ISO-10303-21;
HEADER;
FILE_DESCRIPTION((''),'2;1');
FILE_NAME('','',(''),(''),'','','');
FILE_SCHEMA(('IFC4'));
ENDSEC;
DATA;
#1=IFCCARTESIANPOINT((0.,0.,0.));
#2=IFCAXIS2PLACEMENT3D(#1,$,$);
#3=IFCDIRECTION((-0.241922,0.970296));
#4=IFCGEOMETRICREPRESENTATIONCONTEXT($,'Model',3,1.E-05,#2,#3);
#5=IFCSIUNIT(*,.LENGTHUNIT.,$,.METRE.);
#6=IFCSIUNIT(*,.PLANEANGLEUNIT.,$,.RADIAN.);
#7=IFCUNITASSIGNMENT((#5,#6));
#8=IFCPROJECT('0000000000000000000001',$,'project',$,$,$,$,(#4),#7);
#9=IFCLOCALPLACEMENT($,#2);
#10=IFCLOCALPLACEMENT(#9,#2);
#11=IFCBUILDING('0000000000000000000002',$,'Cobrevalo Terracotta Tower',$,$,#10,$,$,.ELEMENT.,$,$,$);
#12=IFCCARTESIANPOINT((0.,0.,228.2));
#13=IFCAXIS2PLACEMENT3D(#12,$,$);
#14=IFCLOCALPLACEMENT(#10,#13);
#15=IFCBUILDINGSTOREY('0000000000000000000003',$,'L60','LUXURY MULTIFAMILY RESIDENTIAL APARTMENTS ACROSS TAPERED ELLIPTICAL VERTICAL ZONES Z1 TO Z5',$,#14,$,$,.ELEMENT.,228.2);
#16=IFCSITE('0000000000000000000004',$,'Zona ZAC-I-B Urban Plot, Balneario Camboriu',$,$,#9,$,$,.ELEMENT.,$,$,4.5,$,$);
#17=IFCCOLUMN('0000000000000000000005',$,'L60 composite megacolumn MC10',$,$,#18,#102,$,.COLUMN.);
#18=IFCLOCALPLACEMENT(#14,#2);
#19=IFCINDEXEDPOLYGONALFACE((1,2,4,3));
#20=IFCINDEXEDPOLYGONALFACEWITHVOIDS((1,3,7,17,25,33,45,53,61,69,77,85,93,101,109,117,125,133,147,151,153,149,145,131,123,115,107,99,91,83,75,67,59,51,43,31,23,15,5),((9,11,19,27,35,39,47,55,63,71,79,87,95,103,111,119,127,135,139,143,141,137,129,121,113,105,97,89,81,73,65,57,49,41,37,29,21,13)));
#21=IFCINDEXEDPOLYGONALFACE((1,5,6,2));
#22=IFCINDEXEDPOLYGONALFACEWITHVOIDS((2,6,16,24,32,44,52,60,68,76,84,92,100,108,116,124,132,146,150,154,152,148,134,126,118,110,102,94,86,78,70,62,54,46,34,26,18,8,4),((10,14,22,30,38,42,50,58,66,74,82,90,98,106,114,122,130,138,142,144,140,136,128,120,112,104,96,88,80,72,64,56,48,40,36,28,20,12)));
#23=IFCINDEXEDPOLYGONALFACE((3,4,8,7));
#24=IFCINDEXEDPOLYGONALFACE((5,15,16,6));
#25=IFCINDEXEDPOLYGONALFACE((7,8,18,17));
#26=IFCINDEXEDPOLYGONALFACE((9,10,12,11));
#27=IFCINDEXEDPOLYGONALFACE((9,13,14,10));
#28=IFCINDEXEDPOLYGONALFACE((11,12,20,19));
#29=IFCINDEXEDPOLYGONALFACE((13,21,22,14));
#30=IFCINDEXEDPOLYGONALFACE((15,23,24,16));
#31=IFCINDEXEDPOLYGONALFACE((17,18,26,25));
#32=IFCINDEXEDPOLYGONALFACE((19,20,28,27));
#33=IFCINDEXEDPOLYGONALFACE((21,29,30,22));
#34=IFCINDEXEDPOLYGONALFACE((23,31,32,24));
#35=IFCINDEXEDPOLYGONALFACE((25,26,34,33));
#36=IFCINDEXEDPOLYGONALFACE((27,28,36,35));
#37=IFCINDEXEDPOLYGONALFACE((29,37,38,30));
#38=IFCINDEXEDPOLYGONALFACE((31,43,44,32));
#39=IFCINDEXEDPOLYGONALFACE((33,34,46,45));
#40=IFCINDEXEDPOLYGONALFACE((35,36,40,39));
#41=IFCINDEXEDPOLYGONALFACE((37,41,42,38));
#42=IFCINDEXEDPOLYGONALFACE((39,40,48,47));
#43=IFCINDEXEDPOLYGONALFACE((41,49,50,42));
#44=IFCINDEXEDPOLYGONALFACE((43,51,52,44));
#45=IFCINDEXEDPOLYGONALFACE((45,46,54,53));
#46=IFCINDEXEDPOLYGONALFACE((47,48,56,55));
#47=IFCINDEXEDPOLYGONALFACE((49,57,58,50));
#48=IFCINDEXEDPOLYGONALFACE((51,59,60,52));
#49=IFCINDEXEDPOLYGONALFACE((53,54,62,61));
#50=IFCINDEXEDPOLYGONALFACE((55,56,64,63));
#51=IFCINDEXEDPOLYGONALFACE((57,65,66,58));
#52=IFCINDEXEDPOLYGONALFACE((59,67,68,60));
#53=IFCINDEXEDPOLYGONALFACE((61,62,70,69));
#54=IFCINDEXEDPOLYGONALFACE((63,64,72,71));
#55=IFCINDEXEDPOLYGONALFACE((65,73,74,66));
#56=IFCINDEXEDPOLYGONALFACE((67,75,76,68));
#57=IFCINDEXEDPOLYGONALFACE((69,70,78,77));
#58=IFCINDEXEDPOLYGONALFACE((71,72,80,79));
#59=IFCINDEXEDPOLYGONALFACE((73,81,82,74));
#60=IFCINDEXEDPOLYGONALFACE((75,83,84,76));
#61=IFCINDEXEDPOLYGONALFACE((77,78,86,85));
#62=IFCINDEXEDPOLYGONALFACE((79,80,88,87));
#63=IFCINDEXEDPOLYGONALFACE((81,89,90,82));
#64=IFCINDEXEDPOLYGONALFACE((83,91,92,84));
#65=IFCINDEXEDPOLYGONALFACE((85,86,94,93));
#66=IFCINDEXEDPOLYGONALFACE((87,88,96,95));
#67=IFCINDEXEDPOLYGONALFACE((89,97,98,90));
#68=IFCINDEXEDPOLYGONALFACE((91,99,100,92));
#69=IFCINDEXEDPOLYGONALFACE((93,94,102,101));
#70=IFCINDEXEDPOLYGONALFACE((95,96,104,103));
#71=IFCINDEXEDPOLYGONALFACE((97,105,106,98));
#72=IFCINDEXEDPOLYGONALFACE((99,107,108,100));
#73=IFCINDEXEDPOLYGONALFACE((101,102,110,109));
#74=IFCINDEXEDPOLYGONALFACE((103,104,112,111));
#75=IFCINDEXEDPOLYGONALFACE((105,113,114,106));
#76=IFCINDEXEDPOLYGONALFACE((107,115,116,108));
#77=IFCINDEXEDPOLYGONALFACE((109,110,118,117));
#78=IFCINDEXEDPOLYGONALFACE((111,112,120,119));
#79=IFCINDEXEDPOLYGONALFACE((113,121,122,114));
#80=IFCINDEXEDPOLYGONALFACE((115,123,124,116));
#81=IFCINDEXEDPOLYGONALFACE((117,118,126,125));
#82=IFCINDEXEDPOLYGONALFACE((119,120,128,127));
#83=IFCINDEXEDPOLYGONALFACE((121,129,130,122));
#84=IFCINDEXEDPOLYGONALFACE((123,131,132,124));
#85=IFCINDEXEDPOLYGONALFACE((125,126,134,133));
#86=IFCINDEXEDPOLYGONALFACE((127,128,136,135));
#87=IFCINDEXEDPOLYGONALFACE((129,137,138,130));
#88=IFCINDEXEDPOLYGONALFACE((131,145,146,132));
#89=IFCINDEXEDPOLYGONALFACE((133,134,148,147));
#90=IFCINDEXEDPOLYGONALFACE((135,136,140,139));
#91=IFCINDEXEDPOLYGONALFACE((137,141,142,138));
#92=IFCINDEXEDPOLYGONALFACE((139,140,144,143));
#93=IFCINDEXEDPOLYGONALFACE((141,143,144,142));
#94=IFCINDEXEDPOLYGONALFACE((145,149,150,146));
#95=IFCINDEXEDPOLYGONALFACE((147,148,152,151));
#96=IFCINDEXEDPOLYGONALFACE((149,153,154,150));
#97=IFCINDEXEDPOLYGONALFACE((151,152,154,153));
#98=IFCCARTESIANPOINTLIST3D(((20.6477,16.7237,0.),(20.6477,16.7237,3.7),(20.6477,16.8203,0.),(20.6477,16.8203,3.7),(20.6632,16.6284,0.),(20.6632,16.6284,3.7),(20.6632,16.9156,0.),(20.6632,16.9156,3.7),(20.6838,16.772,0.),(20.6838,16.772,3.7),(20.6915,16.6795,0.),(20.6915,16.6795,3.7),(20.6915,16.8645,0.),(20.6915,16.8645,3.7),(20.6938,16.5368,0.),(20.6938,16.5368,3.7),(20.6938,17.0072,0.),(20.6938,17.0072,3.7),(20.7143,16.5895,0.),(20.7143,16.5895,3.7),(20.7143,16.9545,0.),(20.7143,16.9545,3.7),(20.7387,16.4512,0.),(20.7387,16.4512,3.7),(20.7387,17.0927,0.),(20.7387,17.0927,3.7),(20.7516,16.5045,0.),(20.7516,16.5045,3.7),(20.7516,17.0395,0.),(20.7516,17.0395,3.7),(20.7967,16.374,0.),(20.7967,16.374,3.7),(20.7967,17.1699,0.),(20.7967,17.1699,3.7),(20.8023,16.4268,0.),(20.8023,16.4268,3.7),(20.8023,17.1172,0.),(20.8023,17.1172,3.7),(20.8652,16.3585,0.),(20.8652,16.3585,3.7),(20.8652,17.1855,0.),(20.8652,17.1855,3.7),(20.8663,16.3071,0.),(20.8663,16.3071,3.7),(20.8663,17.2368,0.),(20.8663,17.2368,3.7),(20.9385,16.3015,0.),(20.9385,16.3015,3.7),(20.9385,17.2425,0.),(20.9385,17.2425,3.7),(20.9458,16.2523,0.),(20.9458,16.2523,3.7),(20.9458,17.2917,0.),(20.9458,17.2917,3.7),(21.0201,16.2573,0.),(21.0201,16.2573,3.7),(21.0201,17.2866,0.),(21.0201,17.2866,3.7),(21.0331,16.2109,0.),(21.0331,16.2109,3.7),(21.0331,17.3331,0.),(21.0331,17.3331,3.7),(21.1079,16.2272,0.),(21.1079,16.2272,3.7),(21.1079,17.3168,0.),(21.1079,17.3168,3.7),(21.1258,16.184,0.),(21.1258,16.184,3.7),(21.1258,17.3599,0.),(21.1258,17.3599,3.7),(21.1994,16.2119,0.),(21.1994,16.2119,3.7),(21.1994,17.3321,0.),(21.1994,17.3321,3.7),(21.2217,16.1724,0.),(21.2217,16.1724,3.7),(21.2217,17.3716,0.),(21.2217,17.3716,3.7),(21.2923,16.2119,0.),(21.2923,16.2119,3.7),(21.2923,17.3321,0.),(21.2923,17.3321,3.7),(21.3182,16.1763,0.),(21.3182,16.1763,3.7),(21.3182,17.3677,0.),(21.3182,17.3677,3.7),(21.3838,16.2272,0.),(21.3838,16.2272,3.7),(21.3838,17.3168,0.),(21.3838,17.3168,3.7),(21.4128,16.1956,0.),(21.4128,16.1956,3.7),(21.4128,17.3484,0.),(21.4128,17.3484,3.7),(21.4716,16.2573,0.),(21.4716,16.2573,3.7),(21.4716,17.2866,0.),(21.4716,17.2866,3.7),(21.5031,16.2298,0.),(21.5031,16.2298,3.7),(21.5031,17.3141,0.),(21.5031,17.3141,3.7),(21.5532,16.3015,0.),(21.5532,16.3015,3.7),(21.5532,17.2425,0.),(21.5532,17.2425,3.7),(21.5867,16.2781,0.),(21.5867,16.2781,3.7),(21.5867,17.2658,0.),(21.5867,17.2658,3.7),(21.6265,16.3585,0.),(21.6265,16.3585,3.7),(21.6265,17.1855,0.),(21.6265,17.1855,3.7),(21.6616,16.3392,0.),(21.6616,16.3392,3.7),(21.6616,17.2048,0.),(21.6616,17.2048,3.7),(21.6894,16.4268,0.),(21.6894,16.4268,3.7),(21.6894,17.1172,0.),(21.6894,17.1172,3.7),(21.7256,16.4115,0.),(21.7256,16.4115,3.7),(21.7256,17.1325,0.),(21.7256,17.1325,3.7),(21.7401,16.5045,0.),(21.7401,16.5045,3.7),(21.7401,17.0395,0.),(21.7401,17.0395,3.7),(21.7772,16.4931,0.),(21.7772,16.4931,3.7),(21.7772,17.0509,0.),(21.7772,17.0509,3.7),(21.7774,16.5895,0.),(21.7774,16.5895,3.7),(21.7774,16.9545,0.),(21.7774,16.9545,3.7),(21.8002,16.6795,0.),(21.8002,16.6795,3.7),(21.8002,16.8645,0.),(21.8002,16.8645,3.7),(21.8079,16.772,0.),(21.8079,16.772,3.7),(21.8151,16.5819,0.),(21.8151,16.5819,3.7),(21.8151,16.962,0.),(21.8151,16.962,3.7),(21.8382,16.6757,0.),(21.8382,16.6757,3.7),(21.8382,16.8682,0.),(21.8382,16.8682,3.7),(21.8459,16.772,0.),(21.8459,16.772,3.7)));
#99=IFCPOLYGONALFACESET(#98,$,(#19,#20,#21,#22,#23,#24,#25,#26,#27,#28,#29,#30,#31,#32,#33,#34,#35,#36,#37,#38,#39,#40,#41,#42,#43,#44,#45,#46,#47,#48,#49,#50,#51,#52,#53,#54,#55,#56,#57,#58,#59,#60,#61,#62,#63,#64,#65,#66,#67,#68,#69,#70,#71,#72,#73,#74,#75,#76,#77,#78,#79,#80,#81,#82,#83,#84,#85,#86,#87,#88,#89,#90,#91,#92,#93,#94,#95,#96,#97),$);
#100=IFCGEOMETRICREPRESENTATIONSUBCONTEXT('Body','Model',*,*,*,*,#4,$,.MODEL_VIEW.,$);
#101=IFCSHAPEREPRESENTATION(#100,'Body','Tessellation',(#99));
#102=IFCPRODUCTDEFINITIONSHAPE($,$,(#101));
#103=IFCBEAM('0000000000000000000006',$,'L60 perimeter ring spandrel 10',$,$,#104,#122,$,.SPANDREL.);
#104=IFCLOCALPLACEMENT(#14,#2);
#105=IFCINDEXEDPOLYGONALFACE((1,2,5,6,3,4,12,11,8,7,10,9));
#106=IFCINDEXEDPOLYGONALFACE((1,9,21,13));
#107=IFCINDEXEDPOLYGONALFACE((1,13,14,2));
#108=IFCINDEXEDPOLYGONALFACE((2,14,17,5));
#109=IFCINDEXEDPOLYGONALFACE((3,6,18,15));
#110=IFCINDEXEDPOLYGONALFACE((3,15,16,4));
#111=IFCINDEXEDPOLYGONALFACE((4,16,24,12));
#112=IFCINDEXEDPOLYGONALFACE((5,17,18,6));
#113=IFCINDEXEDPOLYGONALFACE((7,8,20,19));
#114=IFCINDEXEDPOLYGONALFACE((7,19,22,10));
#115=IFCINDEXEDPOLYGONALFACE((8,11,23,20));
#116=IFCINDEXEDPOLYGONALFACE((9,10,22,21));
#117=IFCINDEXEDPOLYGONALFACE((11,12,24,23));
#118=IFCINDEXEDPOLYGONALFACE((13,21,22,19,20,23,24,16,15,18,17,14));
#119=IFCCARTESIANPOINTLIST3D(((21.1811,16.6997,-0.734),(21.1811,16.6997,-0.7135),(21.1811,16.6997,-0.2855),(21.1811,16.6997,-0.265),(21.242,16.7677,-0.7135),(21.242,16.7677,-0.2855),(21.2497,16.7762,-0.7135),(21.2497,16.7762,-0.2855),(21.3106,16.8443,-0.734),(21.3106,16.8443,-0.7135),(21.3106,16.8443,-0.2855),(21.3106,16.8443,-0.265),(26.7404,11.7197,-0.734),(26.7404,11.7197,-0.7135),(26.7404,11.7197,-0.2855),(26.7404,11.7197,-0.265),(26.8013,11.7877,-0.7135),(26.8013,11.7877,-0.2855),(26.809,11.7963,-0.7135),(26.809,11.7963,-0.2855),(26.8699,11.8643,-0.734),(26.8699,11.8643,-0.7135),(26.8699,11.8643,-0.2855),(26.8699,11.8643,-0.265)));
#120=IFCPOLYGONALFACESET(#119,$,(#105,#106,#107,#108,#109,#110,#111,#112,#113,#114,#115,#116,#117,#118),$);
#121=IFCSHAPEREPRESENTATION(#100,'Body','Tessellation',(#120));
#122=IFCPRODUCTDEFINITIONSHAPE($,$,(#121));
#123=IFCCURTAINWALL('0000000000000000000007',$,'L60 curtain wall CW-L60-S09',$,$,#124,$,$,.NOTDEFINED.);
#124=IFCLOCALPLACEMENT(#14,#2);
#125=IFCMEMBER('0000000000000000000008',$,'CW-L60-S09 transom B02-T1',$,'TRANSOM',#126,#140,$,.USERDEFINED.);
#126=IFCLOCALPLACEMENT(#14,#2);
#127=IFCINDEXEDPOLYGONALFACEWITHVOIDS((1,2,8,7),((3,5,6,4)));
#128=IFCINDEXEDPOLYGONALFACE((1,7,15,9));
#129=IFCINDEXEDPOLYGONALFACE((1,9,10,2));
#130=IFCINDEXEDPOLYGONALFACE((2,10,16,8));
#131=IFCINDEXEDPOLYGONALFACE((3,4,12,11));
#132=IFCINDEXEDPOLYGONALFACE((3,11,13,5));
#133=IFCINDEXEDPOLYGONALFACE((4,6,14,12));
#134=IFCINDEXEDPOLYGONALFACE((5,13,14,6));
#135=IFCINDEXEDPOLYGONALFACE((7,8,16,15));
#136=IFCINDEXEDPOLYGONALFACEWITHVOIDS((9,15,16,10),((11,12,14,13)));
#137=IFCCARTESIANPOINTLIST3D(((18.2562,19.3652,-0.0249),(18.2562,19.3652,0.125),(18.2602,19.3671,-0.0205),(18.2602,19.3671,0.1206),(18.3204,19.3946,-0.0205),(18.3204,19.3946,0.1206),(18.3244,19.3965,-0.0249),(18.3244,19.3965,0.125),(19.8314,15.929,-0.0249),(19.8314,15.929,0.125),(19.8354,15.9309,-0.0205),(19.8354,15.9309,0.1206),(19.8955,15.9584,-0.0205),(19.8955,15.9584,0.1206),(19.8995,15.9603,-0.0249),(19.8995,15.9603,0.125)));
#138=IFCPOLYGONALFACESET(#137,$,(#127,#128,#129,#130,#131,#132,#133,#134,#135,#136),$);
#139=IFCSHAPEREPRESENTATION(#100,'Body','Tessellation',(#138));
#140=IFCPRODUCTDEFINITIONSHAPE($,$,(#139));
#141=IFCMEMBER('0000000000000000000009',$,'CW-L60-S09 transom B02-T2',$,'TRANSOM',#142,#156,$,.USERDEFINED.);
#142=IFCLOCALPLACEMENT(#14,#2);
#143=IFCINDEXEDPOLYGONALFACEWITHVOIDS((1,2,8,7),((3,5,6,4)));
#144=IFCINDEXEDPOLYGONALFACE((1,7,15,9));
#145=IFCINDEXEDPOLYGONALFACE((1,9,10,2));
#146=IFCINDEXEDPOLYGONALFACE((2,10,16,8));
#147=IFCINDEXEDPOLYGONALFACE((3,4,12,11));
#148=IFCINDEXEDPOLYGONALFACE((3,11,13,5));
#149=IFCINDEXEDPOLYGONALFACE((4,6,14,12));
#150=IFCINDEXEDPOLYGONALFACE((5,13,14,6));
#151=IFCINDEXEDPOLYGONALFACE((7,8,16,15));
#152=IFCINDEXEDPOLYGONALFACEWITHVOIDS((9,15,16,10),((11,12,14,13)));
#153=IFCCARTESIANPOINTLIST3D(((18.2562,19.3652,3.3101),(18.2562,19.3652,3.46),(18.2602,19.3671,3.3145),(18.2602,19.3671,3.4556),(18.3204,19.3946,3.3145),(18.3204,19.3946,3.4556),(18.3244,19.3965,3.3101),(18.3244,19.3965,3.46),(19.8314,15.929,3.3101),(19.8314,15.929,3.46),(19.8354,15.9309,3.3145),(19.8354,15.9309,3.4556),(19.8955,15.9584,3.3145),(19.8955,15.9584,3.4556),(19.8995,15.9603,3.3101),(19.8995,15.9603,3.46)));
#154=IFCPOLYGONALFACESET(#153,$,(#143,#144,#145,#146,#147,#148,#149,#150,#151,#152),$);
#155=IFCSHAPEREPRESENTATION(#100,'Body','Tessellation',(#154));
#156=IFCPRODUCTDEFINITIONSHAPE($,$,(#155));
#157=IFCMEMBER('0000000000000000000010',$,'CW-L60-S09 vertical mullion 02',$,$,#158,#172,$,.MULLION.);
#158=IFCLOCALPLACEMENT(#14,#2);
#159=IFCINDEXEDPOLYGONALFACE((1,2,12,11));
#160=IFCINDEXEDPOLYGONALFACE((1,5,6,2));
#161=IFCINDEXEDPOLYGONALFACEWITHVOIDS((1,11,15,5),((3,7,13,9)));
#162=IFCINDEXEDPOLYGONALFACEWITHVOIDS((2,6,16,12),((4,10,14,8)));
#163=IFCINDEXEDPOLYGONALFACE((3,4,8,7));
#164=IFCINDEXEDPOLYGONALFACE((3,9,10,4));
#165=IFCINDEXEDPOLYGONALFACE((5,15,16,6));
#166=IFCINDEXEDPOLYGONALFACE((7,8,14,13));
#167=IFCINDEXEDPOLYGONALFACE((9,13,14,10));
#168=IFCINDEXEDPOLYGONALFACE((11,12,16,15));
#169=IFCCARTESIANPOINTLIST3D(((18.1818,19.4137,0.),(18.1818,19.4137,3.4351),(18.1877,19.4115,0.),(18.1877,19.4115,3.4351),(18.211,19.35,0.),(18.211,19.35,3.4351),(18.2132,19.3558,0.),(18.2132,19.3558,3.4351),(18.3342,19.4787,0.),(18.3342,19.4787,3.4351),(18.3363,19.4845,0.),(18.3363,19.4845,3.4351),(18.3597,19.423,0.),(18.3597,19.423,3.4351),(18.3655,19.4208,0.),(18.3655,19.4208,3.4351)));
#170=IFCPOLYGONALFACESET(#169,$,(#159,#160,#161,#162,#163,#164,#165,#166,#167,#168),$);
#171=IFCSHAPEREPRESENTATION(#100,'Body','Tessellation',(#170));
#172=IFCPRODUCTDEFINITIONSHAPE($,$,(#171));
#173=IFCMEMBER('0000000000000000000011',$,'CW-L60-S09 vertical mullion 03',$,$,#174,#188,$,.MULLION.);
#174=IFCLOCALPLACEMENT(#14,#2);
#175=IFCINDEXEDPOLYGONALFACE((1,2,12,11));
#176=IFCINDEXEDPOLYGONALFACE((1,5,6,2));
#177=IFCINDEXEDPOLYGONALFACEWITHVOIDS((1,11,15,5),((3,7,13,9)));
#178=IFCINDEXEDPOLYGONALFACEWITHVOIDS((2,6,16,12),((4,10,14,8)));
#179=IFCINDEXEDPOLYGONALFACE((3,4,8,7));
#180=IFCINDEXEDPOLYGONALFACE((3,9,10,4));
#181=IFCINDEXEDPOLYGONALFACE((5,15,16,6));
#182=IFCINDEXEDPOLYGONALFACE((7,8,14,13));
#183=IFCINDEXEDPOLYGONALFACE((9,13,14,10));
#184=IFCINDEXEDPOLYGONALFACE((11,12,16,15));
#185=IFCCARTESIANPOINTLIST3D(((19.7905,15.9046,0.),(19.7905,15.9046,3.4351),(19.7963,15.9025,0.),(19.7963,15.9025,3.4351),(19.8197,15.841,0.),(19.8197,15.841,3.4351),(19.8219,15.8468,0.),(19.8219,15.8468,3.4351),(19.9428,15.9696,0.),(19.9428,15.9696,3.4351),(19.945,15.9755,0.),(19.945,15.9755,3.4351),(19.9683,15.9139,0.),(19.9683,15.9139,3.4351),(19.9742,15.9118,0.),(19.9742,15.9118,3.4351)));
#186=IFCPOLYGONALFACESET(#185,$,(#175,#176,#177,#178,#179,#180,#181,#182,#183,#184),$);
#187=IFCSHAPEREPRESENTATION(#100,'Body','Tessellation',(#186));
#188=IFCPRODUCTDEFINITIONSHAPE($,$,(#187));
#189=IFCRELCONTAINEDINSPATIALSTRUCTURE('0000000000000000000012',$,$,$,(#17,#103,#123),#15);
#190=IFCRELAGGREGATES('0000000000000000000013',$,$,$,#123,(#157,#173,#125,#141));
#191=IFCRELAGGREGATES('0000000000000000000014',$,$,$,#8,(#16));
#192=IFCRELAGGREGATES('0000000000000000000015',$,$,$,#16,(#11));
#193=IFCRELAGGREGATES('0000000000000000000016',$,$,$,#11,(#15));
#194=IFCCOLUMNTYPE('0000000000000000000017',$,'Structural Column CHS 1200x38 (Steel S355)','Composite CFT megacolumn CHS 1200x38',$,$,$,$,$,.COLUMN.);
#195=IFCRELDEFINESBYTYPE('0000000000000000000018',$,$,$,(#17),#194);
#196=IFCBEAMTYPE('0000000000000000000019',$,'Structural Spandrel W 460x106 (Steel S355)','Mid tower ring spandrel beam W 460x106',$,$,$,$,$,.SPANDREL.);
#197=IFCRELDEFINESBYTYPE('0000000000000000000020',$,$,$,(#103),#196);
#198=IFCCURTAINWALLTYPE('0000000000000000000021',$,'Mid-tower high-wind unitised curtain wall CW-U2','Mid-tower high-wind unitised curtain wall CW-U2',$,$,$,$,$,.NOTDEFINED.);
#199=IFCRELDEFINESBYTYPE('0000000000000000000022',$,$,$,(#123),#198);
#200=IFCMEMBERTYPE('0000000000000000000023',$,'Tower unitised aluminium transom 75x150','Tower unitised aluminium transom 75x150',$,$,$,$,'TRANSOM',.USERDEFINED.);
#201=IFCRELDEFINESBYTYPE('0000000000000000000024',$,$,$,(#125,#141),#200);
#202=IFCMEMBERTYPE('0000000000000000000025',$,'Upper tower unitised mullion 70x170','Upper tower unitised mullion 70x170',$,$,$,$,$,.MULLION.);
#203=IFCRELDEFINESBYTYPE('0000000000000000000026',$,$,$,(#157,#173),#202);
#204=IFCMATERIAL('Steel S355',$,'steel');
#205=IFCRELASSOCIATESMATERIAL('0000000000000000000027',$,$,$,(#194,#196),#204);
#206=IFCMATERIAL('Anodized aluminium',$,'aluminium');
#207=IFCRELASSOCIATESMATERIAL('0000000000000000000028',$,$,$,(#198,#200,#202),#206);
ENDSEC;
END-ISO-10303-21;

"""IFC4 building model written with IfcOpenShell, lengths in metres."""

from ifc_helpers import new_model, si_unit, direction, frame, origin, origin_2d, place, context, subcontext, project, spatial, hollow_rectangle, hollow_circle, i_section, extrude, source, transform, mapped, material, material_profile, profile_set, type_object, element, aggregate, save


model = new_model("IFC4")

# Units and contexts
model_context = context("Model", 3, precision=1e-05, world=origin(), true_north=direction((-0.241922, 0.970296)))
body_context = subcontext(model_context, "Body", "Model", "MODEL_VIEW")
ifc_project = project(units=[si_unit("LENGTHUNIT", "METRE"), si_unit("PLANEANGLEUNIT", "RADIAN")], contexts=[model_context])

# Site, building, storey
site_placement = place(None, origin())
site = spatial("IfcSite", under=ifc_project, at=site_placement, Name="Zona ZAC-I-B Urban Plot, Balneario Camboriu", CompositionType="ELEMENT", RefElevation=4.5)
building_placement = place(site_placement, origin())
building = spatial("IfcBuilding", under=site, at=building_placement, Name="Cobrevalo Terracotta Tower", CompositionType="ELEMENT")
storey_placement = place(building_placement, frame((0.0, 0.0, 228.2)))
storey = spatial("IfcBuildingStorey", under=building, at=storey_placement, Name="L60", Description="LUXURY MULTIFAMILY RESIDENTIAL APARTMENTS ACROSS TAPERED ELLIPTICAL VERTICAL ZONES Z1 TO Z5", CompositionType="ELEMENT", Elevation=228.2)

# Column
ifc_material_1 = material(Name="Steel S355", Category="steel")
ifc_material_profile_1 = material_profile(ifc_material_1, hollow_circle(Radius=0.6001, WallThickness=0.0381, at=origin_2d()), Name="CHS 1200x38")
ifc_profile_set_1 = profile_set([ifc_material_profile_1], Name="Steel S355")
column_type = type_object("IfcColumnType", Name="Structural Column CHS 1200x38 (Steel S355)", Description="Composite CFT megacolumn CHS 1200x38", PredefinedType="COLUMN", material=ifc_profile_set_1)
column_placement = place(storey_placement, frame((21.2458, 16.772, 0.0), z_axis=(0.0, 0.0, 1.0), x_axis=(1.0, 0.0, 0.0)))
element("IfcColumn", 1, at=column_placement, inside=storey, type_object=column_type, Name="L60 composite megacolumn MC10", PredefinedType="COLUMN", context=body_context, shape_type="SweptSolid", body=[
    extrude(hollow_circle(Radius=0.6001, WallThickness=0.0381, at=origin_2d()), origin(), (0.0, 0.0, 1.0), 3.7),
])

# Beam
ifc_material_profile_2 = material_profile(ifc_material_1, i_section(OverallWidth=0.1941, OverallDepth=0.469, WebThickness=0.0115, FlangeThickness=0.0205, at=origin_2d()), Name="W 460x106")
ifc_profile_set_2 = profile_set([ifc_material_profile_2], Name="Steel S355")
beam_type = type_object("IfcBeamType", Name="Structural Spandrel W 460x106 (Steel S355)", Description="Mid tower ring spandrel beam W 460x106", PredefinedType="SPANDREL", material=ifc_profile_set_2)
beam_placement = place(storey_placement, frame((21.2458, 16.772, -0.4995), z_axis=(0.744852, -0.66723, 0.0), x_axis=(0.66723, 0.744852, 0.0)))
element("IfcBeam", 2, at=beam_placement, inside=storey, type_object=beam_type, Name="L60 perimeter ring spandrel 10", PredefinedType="SPANDREL", context=body_context, shape_type="SweptSolid", body=[
    extrude(i_section(OverallWidth=0.1941, OverallDepth=0.469, WebThickness=0.0115, FlangeThickness=0.0205, at=origin_2d()), origin(), (0.0, 0.0, 1.0), 7.4636),
])

# Curtain wall, members
ifc_material_2 = material(Name="Anodized aluminium", Category="aluminium")
curtain_wall_type = type_object("IfcCurtainWallType", Name="Mid-tower high-wind unitised curtain wall CW-U2", Description="Mid-tower high-wind unitised curtain wall CW-U2", PredefinedType="NOTDEFINED", material=ifc_material_2)
curtain_wall_placement = place(storey_placement, origin())
curtain_wall = element("IfcCurtainWall", 3, at=curtain_wall_placement, inside=storey, type_object=curtain_wall_type, Name="L60 curtain wall CW-L60-S09", PredefinedType="NOTDEFINED")
ifc_material_profile_3 = material_profile(ifc_material_2, hollow_rectangle(XDim=0.075, YDim=0.1499, WallThickness=0.0044, at=origin_2d()), Name="CWT 75x150")
ifc_profile_set_3 = profile_set([ifc_material_profile_3], Name="Anodized aluminium")
member_type_1 = type_object("IfcMemberType", Name="Tower unitised aluminium transom 75x150", Description="Tower unitised aluminium transom 75x150", ElementType="TRANSOM", PredefinedType="USERDEFINED", material=ifc_profile_set_3)
shared_shape_1 = source(origin(), body_context, "Body", "SweptSolid", [
    extrude(hollow_rectangle(XDim=0.075, YDim=0.1499, WallThickness=0.0044, at=origin_2d()), origin(), (0.0, 0.0, 1.0), 3.78),
])
member_1_placement = place(storey_placement, frame((18.2903, 19.3809, 0.05), z_axis=(0.416706, -0.909041, 0.0), x_axis=(0.909041, 0.416706, 0.0)))
member_1 = element("IfcMember", 4, at=member_1_placement, type_object=member_type_1, Name="CW-L60-S09 transom B02-T1", ObjectType="TRANSOM", PredefinedType="USERDEFINED", context=body_context, shape_type="MappedRepresentation", body=[
    mapped(shared_shape_1, transform((0.0, 0.0, 0.0), scale=1.0)),
])
member_2_placement = place(storey_placement, frame((18.2903, 19.3809, 3.385), z_axis=(0.416706, -0.909041, 0.0), x_axis=(0.909041, 0.416706, 0.0)))
member_2 = element("IfcMember", 5, at=member_2_placement, type_object=member_type_1, Name="CW-L60-S09 transom B02-T2", ObjectType="TRANSOM", PredefinedType="USERDEFINED", context=body_context, shape_type="MappedRepresentation", body=[
    mapped(shared_shape_1, transform((0.0, 0.0, 0.0), scale=1.0)),
])
ifc_material_profile_4 = material_profile(ifc_material_2, hollow_rectangle(XDim=0.0701, YDim=0.1699, WallThickness=0.0044, at=origin_2d()), Name="CWM 70x170")
ifc_profile_set_4 = profile_set([ifc_material_profile_4], Name="Anodized aluminium")
member_type_2 = type_object("IfcMemberType", Name="Upper tower unitised mullion 70x170", Description="Upper tower unitised mullion 70x170", PredefinedType="MULLION", material=ifc_profile_set_4)
shared_shape_2 = source(origin(), body_context, "Body", "SweptSolid", [
    extrude(hollow_rectangle(XDim=0.0701, YDim=0.1699, WallThickness=0.0044, at=origin_2d()), origin(), (0.0, 0.0, 1.0), 3.4351),
])
member_3_placement = place(storey_placement, frame((18.2737, 19.4172, 0.0), z_axis=(0.0, 0.0, 1.0), x_axis=(0.416725, -0.909033, 0.0)))
member_3 = element("IfcMember", 6, at=member_3_placement, type_object=member_type_2, Name="CW-L60-S09 vertical mullion 02", PredefinedType="MULLION", context=body_context, shape_type="MappedRepresentation", body=[
    mapped(shared_shape_2, transform((0.0, 0.0, 0.0), scale=1.0)),
])
member_4_placement = place(storey_placement, frame((19.8823, 15.9082, 0.0), z_axis=(0.0, 0.0, 1.0), x_axis=(0.416725, -0.909033, 0.0)))
member_4 = element("IfcMember", 7, at=member_4_placement, type_object=member_type_2, Name="CW-L60-S09 vertical mullion 03", PredefinedType="MULLION", context=body_context, shape_type="MappedRepresentation", body=[
    mapped(shared_shape_2, transform((0.0, 0.0, 0.0), scale=1.0)),
])
aggregate(curtain_wall, [member_3, member_4, member_1, member_2])

save(model, "model.ifc")
